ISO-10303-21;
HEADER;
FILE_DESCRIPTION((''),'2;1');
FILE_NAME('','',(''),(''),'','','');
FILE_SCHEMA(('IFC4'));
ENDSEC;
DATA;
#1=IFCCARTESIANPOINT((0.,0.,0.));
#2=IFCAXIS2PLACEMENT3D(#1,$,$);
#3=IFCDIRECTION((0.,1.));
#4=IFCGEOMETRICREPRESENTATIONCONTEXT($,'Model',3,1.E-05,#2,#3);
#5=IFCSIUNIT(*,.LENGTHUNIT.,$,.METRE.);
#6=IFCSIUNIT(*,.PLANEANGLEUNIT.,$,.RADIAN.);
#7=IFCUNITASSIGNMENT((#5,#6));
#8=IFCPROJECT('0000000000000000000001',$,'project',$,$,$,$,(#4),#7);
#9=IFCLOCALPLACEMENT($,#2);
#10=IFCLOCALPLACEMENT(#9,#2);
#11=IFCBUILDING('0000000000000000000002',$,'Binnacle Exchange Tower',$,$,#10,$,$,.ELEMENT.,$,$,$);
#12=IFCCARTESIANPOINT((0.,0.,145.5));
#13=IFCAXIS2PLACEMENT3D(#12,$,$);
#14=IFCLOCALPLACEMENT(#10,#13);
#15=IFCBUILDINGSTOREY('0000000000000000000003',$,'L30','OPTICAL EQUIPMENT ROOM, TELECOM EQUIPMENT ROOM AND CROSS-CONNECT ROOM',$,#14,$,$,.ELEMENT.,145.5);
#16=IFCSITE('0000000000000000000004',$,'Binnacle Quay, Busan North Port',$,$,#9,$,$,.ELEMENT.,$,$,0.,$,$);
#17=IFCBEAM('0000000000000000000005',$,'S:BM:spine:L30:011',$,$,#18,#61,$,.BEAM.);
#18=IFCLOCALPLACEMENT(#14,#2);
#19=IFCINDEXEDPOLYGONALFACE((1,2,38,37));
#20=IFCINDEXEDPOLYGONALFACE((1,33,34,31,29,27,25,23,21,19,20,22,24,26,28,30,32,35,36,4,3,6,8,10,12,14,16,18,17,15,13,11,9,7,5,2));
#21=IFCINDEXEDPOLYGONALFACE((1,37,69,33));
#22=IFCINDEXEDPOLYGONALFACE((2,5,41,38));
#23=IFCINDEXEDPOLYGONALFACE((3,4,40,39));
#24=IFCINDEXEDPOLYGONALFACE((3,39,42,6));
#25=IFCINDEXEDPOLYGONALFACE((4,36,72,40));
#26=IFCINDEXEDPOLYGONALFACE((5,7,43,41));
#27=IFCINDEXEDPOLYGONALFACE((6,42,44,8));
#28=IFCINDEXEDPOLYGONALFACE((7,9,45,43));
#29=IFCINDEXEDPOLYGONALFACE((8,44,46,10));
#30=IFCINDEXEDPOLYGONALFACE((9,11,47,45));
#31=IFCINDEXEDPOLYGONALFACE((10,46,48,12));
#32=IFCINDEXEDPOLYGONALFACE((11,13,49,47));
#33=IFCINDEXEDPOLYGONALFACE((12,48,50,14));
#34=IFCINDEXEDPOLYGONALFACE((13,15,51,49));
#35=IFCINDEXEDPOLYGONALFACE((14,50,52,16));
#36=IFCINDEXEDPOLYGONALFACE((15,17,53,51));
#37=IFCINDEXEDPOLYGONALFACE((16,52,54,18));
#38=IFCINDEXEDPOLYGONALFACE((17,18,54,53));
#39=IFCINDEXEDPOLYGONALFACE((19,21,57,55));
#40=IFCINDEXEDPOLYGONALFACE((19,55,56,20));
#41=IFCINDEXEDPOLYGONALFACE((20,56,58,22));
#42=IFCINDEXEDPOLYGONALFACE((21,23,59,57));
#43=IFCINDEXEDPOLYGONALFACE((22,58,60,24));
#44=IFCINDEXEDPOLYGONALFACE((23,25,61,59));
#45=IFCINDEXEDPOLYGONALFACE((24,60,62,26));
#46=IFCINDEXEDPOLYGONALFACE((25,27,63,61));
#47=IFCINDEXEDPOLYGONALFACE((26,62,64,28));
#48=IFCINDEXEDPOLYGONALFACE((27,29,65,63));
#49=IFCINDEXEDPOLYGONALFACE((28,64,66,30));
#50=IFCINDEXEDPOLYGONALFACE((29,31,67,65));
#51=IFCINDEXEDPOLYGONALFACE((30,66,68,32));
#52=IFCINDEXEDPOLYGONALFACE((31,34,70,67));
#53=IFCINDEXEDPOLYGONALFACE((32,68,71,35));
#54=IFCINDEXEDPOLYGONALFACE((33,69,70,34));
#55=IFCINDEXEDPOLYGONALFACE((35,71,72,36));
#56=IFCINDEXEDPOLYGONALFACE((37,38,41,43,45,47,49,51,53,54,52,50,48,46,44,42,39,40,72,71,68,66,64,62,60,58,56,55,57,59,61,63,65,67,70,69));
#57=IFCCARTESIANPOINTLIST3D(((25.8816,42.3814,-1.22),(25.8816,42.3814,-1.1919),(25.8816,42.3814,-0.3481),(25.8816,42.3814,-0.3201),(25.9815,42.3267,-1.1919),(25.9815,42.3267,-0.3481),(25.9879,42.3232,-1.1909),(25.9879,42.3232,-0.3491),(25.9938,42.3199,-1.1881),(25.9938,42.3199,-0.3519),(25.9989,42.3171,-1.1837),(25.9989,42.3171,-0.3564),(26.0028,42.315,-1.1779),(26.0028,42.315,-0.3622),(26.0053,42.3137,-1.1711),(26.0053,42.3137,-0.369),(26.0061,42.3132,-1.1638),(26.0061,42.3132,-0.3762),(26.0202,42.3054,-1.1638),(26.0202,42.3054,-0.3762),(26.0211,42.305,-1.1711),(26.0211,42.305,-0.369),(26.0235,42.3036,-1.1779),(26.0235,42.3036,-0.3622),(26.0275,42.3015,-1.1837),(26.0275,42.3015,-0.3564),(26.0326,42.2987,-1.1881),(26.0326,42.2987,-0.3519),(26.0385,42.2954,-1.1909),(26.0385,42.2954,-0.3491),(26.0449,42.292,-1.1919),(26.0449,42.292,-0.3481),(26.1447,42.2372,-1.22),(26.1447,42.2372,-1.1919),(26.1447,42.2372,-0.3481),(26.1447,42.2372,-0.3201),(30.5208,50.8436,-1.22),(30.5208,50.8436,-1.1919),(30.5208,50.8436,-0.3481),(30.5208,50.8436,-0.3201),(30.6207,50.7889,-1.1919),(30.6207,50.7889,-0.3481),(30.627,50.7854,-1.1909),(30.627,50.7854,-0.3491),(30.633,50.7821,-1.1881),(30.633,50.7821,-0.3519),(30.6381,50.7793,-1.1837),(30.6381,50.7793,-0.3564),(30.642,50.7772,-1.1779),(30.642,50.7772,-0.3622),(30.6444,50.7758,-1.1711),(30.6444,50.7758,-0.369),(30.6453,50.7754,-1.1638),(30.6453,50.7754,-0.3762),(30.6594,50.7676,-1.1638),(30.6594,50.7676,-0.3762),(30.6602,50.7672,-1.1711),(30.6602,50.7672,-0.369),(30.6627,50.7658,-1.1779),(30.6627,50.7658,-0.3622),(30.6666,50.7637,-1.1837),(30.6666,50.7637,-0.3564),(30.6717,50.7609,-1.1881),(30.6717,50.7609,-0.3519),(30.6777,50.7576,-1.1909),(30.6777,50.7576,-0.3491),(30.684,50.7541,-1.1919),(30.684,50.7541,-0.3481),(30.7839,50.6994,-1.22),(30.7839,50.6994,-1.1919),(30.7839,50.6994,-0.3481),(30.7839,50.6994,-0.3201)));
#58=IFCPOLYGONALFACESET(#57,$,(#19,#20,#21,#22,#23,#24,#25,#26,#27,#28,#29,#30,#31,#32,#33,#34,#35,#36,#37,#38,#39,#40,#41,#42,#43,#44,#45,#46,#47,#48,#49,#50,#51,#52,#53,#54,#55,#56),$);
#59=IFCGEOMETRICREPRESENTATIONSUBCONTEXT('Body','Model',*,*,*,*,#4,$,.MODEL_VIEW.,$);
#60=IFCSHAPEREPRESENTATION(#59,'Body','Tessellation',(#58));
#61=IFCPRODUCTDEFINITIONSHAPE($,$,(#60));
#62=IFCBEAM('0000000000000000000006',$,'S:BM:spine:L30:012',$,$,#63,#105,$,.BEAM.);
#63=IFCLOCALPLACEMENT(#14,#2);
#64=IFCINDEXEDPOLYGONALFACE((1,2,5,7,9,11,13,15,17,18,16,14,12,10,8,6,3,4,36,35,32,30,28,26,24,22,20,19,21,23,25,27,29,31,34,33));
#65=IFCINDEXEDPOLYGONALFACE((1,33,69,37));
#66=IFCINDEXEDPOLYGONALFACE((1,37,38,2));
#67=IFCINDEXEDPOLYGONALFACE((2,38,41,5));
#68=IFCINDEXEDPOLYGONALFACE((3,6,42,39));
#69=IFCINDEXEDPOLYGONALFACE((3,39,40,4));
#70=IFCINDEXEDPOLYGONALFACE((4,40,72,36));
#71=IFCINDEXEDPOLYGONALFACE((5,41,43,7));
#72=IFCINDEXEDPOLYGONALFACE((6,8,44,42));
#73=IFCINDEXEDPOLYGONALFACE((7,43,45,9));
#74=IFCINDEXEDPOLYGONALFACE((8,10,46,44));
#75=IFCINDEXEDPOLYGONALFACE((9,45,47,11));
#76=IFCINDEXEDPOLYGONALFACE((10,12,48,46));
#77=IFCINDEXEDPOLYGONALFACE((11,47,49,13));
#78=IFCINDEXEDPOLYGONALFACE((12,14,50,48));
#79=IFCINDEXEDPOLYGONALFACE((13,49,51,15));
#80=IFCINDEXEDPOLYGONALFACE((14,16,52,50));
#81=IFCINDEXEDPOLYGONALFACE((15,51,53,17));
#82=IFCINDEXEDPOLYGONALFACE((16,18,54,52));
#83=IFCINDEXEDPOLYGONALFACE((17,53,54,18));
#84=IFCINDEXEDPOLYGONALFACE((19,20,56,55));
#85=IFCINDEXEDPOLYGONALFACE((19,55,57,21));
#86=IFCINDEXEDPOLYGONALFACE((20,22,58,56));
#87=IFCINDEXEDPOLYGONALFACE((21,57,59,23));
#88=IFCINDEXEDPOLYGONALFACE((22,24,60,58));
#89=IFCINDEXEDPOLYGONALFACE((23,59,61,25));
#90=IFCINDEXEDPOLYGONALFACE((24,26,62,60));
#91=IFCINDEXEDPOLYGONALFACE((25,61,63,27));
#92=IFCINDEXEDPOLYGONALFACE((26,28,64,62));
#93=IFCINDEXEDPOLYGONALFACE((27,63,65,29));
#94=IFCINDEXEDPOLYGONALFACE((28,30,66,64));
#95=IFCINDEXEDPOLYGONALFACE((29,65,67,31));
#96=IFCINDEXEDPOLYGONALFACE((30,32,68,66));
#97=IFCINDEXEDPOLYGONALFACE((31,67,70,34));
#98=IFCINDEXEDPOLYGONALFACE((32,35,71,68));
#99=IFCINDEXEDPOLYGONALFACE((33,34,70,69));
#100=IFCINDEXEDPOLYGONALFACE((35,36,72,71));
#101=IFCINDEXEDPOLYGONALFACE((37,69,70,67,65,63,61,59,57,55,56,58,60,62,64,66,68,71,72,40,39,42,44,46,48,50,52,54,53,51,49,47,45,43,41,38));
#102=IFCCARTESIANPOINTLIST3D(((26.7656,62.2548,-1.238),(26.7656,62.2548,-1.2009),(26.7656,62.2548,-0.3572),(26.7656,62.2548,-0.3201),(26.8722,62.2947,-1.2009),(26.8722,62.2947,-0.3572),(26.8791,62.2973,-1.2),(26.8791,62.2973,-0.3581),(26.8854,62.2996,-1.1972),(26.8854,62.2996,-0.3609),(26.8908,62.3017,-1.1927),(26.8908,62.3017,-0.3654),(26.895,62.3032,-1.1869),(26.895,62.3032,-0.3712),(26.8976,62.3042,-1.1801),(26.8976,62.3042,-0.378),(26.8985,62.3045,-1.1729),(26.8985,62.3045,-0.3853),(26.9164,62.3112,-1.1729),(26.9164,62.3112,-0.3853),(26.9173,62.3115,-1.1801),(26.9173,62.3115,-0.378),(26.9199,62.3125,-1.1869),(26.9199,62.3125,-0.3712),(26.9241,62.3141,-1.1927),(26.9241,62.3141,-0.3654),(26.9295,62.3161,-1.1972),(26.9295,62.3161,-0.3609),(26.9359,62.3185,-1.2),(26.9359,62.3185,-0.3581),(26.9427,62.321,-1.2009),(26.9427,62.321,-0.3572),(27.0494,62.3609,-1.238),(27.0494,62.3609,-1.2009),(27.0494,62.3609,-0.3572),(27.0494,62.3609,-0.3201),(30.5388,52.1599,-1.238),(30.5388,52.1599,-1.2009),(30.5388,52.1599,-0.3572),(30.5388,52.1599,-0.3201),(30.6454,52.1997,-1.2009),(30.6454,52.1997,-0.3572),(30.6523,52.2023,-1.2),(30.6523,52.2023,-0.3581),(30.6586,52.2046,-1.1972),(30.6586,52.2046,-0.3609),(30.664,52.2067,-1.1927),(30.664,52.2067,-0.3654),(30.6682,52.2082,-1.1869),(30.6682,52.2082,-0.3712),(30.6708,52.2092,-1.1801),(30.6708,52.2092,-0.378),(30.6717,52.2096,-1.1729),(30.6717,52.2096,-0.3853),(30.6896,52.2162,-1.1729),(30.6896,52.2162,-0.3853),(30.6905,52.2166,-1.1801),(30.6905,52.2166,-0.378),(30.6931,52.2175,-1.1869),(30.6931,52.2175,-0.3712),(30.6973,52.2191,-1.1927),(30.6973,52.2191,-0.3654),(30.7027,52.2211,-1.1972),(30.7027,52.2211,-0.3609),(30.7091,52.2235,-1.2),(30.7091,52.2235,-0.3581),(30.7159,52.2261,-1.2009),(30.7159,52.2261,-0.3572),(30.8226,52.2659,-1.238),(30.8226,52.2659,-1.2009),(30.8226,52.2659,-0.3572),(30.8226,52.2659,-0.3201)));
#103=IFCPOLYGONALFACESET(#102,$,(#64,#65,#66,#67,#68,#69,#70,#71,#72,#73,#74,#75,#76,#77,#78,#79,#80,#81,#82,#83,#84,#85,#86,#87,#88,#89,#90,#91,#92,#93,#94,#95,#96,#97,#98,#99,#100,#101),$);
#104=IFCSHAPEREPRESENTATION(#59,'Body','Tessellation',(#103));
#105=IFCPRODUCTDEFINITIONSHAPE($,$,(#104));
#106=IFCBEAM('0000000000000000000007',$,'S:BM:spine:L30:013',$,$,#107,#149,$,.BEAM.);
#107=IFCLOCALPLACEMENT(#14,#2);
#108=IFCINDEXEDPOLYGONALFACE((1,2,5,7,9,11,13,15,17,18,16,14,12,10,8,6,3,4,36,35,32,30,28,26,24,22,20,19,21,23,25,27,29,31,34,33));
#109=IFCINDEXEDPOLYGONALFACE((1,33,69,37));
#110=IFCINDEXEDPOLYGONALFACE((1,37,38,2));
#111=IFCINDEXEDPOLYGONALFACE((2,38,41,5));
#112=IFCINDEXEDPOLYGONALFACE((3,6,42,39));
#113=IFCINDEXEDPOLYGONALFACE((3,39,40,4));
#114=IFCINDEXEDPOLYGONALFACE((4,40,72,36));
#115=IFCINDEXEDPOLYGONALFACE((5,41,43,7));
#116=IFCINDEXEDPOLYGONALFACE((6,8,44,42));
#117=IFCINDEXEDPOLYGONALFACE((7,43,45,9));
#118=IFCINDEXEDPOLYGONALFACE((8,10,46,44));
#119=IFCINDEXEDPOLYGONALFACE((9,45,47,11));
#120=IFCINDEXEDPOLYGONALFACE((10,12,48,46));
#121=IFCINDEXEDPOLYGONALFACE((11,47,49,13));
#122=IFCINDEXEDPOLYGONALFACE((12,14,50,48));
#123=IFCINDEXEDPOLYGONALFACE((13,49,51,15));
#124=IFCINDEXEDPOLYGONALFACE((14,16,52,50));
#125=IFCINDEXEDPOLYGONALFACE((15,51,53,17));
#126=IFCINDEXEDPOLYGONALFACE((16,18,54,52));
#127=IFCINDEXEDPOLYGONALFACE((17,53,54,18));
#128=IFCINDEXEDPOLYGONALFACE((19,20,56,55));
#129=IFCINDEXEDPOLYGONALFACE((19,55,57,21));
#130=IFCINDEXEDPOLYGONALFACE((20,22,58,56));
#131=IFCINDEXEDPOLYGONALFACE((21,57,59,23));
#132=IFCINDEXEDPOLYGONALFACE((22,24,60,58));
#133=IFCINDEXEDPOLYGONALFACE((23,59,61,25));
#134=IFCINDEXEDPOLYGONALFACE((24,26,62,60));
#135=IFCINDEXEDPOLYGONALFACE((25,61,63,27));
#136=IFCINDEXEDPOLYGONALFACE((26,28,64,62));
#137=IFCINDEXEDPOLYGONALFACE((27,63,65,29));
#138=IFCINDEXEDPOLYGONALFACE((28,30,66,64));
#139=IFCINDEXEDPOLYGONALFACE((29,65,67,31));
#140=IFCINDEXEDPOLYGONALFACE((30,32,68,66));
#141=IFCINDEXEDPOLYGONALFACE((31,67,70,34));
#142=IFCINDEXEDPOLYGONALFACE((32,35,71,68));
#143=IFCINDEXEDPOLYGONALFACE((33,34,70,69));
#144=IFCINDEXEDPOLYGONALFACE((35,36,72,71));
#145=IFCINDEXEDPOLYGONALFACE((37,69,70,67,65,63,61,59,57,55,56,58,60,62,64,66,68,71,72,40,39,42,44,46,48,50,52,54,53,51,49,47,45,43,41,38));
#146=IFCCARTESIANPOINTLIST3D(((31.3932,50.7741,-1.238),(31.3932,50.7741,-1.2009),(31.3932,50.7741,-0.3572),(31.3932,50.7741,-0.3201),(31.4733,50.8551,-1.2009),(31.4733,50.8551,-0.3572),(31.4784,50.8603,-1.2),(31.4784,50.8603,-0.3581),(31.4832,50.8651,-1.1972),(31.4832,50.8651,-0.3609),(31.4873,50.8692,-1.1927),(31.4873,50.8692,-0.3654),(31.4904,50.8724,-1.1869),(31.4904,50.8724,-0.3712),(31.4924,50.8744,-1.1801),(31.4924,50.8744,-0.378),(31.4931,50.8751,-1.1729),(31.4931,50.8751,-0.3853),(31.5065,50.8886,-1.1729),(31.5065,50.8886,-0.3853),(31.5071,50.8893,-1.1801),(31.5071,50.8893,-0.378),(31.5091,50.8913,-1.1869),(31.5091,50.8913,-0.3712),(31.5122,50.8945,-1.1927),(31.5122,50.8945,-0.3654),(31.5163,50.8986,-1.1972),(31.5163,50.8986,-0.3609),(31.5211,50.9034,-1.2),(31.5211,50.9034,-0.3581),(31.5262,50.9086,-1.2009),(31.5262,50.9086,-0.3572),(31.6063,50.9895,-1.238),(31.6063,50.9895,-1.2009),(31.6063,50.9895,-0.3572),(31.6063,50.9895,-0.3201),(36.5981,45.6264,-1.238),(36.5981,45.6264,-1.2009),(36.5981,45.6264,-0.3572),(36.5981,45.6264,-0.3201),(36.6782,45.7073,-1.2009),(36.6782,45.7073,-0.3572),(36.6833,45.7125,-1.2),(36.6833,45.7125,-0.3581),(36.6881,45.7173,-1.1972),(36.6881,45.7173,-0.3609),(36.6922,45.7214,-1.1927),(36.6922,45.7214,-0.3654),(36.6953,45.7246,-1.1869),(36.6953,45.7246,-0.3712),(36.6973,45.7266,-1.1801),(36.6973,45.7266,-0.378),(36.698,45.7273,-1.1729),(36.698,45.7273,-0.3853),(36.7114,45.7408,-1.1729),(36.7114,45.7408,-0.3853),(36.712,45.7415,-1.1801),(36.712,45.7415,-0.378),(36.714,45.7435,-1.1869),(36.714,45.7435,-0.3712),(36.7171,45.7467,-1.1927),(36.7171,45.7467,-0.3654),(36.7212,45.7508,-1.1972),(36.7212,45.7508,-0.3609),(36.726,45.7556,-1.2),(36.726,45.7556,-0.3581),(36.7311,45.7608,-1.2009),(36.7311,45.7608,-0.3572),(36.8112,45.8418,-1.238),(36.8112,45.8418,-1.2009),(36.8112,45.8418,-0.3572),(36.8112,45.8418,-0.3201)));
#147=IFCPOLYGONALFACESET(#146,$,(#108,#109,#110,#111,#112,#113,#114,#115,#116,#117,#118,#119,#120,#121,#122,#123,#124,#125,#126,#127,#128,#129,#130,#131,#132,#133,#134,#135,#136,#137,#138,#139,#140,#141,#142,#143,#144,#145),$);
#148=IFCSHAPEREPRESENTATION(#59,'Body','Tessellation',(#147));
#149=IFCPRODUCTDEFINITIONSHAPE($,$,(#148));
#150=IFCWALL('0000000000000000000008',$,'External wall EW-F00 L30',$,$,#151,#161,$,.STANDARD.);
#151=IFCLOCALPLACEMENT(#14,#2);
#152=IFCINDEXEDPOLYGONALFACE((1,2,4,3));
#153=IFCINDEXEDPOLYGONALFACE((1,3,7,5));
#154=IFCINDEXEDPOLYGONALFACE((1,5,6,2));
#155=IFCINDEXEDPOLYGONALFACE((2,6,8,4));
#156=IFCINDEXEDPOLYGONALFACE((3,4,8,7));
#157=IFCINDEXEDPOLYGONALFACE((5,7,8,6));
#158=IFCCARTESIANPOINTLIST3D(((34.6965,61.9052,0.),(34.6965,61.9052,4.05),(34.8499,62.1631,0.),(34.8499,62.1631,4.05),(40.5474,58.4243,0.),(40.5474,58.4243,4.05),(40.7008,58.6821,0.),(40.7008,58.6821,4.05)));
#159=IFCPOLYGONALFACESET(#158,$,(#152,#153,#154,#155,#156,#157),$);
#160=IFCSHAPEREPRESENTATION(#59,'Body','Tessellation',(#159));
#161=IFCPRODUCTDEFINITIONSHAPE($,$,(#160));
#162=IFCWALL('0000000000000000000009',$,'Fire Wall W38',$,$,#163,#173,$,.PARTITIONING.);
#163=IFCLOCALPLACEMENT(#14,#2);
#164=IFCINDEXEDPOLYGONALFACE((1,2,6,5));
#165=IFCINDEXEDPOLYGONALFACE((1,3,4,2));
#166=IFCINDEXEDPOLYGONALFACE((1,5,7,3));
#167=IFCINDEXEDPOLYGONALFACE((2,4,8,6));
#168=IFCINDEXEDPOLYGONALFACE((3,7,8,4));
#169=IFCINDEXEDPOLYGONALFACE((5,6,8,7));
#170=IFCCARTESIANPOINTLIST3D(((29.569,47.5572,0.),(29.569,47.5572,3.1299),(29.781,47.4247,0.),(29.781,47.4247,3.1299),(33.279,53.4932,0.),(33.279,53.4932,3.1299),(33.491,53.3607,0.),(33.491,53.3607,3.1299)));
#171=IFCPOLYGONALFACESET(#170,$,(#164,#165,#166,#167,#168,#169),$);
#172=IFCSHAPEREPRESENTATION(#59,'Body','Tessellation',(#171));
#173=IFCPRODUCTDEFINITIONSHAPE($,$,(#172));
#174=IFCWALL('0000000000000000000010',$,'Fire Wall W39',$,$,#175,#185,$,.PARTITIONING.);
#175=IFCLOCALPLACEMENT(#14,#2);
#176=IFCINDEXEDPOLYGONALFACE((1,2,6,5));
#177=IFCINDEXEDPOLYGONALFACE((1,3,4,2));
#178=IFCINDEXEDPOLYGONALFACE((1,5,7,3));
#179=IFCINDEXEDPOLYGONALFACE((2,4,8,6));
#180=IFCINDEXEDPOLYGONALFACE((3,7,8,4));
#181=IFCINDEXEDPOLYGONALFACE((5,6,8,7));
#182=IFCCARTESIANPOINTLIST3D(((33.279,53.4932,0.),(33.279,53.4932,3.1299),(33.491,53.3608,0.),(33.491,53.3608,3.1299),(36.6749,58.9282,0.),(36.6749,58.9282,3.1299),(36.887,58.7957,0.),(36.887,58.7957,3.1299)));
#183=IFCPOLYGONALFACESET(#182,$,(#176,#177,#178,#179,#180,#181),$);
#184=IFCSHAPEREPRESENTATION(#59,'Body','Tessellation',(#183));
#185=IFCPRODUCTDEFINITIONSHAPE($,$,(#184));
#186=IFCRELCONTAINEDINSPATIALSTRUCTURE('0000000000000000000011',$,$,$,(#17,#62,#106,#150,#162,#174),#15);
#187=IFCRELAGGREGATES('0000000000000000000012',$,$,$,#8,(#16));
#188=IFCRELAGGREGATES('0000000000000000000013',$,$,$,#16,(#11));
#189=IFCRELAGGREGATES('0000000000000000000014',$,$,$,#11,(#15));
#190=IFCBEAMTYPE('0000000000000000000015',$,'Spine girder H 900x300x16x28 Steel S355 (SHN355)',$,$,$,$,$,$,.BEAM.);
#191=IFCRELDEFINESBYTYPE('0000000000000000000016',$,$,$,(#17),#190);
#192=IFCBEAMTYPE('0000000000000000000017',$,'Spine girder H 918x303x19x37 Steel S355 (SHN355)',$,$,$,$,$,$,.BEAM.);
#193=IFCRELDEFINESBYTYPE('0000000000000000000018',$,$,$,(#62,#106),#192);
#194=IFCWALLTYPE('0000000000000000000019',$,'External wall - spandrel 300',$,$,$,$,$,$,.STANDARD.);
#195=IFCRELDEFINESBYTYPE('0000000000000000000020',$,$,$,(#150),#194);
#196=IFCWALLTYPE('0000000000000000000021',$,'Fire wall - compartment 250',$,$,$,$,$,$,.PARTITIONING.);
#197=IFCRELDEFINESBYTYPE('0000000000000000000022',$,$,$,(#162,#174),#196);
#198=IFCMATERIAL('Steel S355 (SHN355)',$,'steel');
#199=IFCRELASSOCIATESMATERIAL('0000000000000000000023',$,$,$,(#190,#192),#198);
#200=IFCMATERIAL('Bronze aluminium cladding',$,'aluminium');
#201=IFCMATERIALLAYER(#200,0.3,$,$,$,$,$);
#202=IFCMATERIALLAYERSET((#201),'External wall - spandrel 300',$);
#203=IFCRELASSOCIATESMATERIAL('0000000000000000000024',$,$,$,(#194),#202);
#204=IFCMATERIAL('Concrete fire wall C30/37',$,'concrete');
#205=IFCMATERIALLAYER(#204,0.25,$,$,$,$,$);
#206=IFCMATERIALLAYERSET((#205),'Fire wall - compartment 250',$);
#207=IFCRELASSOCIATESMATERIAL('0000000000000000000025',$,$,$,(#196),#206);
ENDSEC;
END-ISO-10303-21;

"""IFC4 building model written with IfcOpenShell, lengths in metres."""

from ifc_helpers import new_model, si_unit, direction, frame, frame_2d, origin, origin_2d, place, context, subcontext, project, spatial, rectangle, i_section, extrude, material, layer, layer_set, material_profile, profile_set, type_object, element, save


model = new_model("IFC4")

# Units and contexts
model_context = context("Model", 3, precision=1e-05, world=origin(), true_north=direction((0.0, 1.0)))
body_context = subcontext(model_context, "Body", "Model", "MODEL_VIEW")
ifc_project = project(units=[si_unit("LENGTHUNIT", "METRE"), si_unit("PLANEANGLEUNIT", "RADIAN")], contexts=[model_context])

# Site, building, storey
site_placement = place(None, origin())
site = spatial("IfcSite", under=ifc_project, at=site_placement, Name="Binnacle Quay, Busan North Port", CompositionType="ELEMENT", RefElevation=0.0)
building_placement = place(site_placement, origin())
building = spatial("IfcBuilding", under=site, at=building_placement, Name="Binnacle Exchange Tower", CompositionType="ELEMENT")
storey_placement = place(building_placement, frame((0.0, 0.0, 145.5)))
storey = spatial("IfcBuildingStorey", under=building, at=storey_placement, Name="L30", Description="OPTICAL EQUIPMENT ROOM, TELECOM EQUIPMENT ROOM AND CROSS-CONNECT ROOM", CompositionType="ELEMENT", Elevation=145.5)

# Beams
ifc_material_1 = material(Name="Steel S355 (SHN355)", Category="steel")
ifc_material_profile_1 = material_profile(ifc_material_1, i_section(OverallWidth=0.3, OverallDepth=0.8999, WebThickness=0.0161, FlangeThickness=0.0281, FilletRadius=0.0281, at=origin_2d()), Name="H 900x300x16x28")
ifc_profile_set_1 = profile_set([ifc_material_profile_1], Name="Steel S355 (SHN355)")
beam_type_1 = type_object("IfcBeamType", Name="Spine girder H 900x300x16x28 Steel S355 (SHN355)", PredefinedType="BEAM", material=ifc_profile_set_1)
beam_1_placement = place(storey_placement, frame((30.6523, 50.7715, -0.77), z_axis=(-0.480723, -0.876873, 0.0), x_axis=(0.876873, -0.480723, 0.0)))
element("IfcBeam", 1, at=beam_1_placement, inside=storey, type_object=beam_type_1, Name="S:BM:spine:L30:011", PredefinedType="BEAM", context=body_context, shape_type="SweptSolid", body=[
    extrude(i_section(OverallWidth=0.3, OverallDepth=0.8999, WebThickness=0.0161, FlangeThickness=0.0281, FilletRadius=0.0281, at=origin_2d()), origin(), (0.0, 0.0, 1.0), 9.6504),
])
ifc_material_profile_2 = material_profile(ifc_material_1, i_section(OverallWidth=0.303, OverallDepth=0.918, WebThickness=0.019, FlangeThickness=0.0371, FilletRadius=0.0281, at=origin_2d()), Name="H 918x303x19x37")
ifc_profile_set_2 = profile_set([ifc_material_profile_2], Name="Steel S355 (SHN355)")
beam_type_2 = type_object("IfcBeamType", Name="Spine girder H 918x303x19x37 Steel S355 (SHN355)", PredefinedType="BEAM", material=ifc_profile_set_2)
beam_2_placement = place(storey_placement, frame((30.6807, 52.2129, -0.7791), z_axis=(-0.350113, 0.936708, 0.0), x_axis=(-0.936708, -0.350113, 0.0)))
element("IfcBeam", 2, at=beam_2_placement, inside=storey, type_object=beam_type_2, Name="S:BM:spine:L30:012", PredefinedType="BEAM", context=body_context, shape_type="SweptSolid", body=[
    extrude(i_section(OverallWidth=0.303, OverallDepth=0.918, WebThickness=0.019, FlangeThickness=0.0371, FilletRadius=0.0281, at=origin_2d()), origin(), (0.0, 0.0, 1.0), 10.7771),
])
beam_3_placement = place(storey_placement, frame((31.4998, 50.8818, -0.7791), z_axis=(0.710998, -0.703194, 0.0), x_axis=(0.703194, 0.710998, 0.0)))
element("IfcBeam", 3, at=beam_3_placement, inside=storey, type_object=beam_type_2, Name="S:BM:spine:L30:013", PredefinedType="BEAM", context=body_context, shape_type="SweptSolid", body=[
    extrude(i_section(OverallWidth=0.303, OverallDepth=0.918, WebThickness=0.019, FlangeThickness=0.0371, FilletRadius=0.0281, at=origin_2d()), origin(), (0.0, 0.0, 1.0), 7.3206),
])

# Walls
ifc_material_2 = material(Name="Bronze aluminium cladding", Category="aluminium")
ifc_layer_1 = layer(ifc_material_2, 0.3)
ifc_layer_set_1 = layer_set([ifc_layer_1], Name="External wall - spandrel 300")
wall_type_1 = type_object("IfcWallType", Name="External wall - spandrel 300", PredefinedType="STANDARD", material=ifc_layer_set_1)
wall_1_placement = place(storey_placement, frame((34.7732, 62.0342, 0.0), z_axis=(0.0, 0.0, 1.0), x_axis=(0.859401, -0.511302, 0.0)))
element("IfcWall", 4, at=wall_1_placement, inside=storey, type_object=wall_type_1, Name="External wall EW-F00 L30", PredefinedType="STANDARD", context=body_context, shape_type="SweptSolid", body=[
    extrude(rectangle(XDim=6.8081, YDim=0.3, at=frame_2d((3.4041, 0.0))), origin(), (0.0, 0.0, 1.0), 4.05),
])
ifc_material_3 = material(Name="Concrete fire wall C30/37", Category="concrete")
ifc_layer_2 = layer(ifc_material_3, 0.25)
ifc_layer_set_2 = layer_set([ifc_layer_2], Name="Fire wall - compartment 250")
wall_type_2 = type_object("IfcWallType", Name="Fire wall - compartment 250", PredefinedType="PARTITIONING", material=ifc_layer_set_2)
wall_2_placement = place(storey_placement, frame((29.675, 47.491, 0.0), z_axis=(0.0, 0.0, 1.0), x_axis=(0.529993, 0.848002, 0.0)))
element("IfcWall", 5, at=wall_2_placement, inside=storey, type_object=wall_type_2, Name="Fire Wall W38", PredefinedType="PARTITIONING", context=body_context, shape_type="SweptSolid", body=[
    extrude(rectangle(XDim=7.0, YDim=0.25, at=frame_2d((3.5, 0.0))), origin(), (0.0, 0.0, 1.0), 3.1299),
])
wall_3_placement = place(storey_placement, frame((33.385, 53.427, 0.0), z_axis=(0.0, 0.0, 1.0), x_axis=(0.529896, 0.848063, 0.0)))
element("IfcWall", 6, at=wall_3_placement, inside=storey, type_object=wall_type_2, Name="Fire Wall W39", PredefinedType="PARTITIONING", context=body_context, shape_type="SweptSolid", body=[
    extrude(rectangle(XDim=6.4087, YDim=0.25, at=frame_2d((3.2043, 0.0))), origin(), (0.0, 0.0, 1.0), 3.1299),
])

save(model, "model.ifc")
